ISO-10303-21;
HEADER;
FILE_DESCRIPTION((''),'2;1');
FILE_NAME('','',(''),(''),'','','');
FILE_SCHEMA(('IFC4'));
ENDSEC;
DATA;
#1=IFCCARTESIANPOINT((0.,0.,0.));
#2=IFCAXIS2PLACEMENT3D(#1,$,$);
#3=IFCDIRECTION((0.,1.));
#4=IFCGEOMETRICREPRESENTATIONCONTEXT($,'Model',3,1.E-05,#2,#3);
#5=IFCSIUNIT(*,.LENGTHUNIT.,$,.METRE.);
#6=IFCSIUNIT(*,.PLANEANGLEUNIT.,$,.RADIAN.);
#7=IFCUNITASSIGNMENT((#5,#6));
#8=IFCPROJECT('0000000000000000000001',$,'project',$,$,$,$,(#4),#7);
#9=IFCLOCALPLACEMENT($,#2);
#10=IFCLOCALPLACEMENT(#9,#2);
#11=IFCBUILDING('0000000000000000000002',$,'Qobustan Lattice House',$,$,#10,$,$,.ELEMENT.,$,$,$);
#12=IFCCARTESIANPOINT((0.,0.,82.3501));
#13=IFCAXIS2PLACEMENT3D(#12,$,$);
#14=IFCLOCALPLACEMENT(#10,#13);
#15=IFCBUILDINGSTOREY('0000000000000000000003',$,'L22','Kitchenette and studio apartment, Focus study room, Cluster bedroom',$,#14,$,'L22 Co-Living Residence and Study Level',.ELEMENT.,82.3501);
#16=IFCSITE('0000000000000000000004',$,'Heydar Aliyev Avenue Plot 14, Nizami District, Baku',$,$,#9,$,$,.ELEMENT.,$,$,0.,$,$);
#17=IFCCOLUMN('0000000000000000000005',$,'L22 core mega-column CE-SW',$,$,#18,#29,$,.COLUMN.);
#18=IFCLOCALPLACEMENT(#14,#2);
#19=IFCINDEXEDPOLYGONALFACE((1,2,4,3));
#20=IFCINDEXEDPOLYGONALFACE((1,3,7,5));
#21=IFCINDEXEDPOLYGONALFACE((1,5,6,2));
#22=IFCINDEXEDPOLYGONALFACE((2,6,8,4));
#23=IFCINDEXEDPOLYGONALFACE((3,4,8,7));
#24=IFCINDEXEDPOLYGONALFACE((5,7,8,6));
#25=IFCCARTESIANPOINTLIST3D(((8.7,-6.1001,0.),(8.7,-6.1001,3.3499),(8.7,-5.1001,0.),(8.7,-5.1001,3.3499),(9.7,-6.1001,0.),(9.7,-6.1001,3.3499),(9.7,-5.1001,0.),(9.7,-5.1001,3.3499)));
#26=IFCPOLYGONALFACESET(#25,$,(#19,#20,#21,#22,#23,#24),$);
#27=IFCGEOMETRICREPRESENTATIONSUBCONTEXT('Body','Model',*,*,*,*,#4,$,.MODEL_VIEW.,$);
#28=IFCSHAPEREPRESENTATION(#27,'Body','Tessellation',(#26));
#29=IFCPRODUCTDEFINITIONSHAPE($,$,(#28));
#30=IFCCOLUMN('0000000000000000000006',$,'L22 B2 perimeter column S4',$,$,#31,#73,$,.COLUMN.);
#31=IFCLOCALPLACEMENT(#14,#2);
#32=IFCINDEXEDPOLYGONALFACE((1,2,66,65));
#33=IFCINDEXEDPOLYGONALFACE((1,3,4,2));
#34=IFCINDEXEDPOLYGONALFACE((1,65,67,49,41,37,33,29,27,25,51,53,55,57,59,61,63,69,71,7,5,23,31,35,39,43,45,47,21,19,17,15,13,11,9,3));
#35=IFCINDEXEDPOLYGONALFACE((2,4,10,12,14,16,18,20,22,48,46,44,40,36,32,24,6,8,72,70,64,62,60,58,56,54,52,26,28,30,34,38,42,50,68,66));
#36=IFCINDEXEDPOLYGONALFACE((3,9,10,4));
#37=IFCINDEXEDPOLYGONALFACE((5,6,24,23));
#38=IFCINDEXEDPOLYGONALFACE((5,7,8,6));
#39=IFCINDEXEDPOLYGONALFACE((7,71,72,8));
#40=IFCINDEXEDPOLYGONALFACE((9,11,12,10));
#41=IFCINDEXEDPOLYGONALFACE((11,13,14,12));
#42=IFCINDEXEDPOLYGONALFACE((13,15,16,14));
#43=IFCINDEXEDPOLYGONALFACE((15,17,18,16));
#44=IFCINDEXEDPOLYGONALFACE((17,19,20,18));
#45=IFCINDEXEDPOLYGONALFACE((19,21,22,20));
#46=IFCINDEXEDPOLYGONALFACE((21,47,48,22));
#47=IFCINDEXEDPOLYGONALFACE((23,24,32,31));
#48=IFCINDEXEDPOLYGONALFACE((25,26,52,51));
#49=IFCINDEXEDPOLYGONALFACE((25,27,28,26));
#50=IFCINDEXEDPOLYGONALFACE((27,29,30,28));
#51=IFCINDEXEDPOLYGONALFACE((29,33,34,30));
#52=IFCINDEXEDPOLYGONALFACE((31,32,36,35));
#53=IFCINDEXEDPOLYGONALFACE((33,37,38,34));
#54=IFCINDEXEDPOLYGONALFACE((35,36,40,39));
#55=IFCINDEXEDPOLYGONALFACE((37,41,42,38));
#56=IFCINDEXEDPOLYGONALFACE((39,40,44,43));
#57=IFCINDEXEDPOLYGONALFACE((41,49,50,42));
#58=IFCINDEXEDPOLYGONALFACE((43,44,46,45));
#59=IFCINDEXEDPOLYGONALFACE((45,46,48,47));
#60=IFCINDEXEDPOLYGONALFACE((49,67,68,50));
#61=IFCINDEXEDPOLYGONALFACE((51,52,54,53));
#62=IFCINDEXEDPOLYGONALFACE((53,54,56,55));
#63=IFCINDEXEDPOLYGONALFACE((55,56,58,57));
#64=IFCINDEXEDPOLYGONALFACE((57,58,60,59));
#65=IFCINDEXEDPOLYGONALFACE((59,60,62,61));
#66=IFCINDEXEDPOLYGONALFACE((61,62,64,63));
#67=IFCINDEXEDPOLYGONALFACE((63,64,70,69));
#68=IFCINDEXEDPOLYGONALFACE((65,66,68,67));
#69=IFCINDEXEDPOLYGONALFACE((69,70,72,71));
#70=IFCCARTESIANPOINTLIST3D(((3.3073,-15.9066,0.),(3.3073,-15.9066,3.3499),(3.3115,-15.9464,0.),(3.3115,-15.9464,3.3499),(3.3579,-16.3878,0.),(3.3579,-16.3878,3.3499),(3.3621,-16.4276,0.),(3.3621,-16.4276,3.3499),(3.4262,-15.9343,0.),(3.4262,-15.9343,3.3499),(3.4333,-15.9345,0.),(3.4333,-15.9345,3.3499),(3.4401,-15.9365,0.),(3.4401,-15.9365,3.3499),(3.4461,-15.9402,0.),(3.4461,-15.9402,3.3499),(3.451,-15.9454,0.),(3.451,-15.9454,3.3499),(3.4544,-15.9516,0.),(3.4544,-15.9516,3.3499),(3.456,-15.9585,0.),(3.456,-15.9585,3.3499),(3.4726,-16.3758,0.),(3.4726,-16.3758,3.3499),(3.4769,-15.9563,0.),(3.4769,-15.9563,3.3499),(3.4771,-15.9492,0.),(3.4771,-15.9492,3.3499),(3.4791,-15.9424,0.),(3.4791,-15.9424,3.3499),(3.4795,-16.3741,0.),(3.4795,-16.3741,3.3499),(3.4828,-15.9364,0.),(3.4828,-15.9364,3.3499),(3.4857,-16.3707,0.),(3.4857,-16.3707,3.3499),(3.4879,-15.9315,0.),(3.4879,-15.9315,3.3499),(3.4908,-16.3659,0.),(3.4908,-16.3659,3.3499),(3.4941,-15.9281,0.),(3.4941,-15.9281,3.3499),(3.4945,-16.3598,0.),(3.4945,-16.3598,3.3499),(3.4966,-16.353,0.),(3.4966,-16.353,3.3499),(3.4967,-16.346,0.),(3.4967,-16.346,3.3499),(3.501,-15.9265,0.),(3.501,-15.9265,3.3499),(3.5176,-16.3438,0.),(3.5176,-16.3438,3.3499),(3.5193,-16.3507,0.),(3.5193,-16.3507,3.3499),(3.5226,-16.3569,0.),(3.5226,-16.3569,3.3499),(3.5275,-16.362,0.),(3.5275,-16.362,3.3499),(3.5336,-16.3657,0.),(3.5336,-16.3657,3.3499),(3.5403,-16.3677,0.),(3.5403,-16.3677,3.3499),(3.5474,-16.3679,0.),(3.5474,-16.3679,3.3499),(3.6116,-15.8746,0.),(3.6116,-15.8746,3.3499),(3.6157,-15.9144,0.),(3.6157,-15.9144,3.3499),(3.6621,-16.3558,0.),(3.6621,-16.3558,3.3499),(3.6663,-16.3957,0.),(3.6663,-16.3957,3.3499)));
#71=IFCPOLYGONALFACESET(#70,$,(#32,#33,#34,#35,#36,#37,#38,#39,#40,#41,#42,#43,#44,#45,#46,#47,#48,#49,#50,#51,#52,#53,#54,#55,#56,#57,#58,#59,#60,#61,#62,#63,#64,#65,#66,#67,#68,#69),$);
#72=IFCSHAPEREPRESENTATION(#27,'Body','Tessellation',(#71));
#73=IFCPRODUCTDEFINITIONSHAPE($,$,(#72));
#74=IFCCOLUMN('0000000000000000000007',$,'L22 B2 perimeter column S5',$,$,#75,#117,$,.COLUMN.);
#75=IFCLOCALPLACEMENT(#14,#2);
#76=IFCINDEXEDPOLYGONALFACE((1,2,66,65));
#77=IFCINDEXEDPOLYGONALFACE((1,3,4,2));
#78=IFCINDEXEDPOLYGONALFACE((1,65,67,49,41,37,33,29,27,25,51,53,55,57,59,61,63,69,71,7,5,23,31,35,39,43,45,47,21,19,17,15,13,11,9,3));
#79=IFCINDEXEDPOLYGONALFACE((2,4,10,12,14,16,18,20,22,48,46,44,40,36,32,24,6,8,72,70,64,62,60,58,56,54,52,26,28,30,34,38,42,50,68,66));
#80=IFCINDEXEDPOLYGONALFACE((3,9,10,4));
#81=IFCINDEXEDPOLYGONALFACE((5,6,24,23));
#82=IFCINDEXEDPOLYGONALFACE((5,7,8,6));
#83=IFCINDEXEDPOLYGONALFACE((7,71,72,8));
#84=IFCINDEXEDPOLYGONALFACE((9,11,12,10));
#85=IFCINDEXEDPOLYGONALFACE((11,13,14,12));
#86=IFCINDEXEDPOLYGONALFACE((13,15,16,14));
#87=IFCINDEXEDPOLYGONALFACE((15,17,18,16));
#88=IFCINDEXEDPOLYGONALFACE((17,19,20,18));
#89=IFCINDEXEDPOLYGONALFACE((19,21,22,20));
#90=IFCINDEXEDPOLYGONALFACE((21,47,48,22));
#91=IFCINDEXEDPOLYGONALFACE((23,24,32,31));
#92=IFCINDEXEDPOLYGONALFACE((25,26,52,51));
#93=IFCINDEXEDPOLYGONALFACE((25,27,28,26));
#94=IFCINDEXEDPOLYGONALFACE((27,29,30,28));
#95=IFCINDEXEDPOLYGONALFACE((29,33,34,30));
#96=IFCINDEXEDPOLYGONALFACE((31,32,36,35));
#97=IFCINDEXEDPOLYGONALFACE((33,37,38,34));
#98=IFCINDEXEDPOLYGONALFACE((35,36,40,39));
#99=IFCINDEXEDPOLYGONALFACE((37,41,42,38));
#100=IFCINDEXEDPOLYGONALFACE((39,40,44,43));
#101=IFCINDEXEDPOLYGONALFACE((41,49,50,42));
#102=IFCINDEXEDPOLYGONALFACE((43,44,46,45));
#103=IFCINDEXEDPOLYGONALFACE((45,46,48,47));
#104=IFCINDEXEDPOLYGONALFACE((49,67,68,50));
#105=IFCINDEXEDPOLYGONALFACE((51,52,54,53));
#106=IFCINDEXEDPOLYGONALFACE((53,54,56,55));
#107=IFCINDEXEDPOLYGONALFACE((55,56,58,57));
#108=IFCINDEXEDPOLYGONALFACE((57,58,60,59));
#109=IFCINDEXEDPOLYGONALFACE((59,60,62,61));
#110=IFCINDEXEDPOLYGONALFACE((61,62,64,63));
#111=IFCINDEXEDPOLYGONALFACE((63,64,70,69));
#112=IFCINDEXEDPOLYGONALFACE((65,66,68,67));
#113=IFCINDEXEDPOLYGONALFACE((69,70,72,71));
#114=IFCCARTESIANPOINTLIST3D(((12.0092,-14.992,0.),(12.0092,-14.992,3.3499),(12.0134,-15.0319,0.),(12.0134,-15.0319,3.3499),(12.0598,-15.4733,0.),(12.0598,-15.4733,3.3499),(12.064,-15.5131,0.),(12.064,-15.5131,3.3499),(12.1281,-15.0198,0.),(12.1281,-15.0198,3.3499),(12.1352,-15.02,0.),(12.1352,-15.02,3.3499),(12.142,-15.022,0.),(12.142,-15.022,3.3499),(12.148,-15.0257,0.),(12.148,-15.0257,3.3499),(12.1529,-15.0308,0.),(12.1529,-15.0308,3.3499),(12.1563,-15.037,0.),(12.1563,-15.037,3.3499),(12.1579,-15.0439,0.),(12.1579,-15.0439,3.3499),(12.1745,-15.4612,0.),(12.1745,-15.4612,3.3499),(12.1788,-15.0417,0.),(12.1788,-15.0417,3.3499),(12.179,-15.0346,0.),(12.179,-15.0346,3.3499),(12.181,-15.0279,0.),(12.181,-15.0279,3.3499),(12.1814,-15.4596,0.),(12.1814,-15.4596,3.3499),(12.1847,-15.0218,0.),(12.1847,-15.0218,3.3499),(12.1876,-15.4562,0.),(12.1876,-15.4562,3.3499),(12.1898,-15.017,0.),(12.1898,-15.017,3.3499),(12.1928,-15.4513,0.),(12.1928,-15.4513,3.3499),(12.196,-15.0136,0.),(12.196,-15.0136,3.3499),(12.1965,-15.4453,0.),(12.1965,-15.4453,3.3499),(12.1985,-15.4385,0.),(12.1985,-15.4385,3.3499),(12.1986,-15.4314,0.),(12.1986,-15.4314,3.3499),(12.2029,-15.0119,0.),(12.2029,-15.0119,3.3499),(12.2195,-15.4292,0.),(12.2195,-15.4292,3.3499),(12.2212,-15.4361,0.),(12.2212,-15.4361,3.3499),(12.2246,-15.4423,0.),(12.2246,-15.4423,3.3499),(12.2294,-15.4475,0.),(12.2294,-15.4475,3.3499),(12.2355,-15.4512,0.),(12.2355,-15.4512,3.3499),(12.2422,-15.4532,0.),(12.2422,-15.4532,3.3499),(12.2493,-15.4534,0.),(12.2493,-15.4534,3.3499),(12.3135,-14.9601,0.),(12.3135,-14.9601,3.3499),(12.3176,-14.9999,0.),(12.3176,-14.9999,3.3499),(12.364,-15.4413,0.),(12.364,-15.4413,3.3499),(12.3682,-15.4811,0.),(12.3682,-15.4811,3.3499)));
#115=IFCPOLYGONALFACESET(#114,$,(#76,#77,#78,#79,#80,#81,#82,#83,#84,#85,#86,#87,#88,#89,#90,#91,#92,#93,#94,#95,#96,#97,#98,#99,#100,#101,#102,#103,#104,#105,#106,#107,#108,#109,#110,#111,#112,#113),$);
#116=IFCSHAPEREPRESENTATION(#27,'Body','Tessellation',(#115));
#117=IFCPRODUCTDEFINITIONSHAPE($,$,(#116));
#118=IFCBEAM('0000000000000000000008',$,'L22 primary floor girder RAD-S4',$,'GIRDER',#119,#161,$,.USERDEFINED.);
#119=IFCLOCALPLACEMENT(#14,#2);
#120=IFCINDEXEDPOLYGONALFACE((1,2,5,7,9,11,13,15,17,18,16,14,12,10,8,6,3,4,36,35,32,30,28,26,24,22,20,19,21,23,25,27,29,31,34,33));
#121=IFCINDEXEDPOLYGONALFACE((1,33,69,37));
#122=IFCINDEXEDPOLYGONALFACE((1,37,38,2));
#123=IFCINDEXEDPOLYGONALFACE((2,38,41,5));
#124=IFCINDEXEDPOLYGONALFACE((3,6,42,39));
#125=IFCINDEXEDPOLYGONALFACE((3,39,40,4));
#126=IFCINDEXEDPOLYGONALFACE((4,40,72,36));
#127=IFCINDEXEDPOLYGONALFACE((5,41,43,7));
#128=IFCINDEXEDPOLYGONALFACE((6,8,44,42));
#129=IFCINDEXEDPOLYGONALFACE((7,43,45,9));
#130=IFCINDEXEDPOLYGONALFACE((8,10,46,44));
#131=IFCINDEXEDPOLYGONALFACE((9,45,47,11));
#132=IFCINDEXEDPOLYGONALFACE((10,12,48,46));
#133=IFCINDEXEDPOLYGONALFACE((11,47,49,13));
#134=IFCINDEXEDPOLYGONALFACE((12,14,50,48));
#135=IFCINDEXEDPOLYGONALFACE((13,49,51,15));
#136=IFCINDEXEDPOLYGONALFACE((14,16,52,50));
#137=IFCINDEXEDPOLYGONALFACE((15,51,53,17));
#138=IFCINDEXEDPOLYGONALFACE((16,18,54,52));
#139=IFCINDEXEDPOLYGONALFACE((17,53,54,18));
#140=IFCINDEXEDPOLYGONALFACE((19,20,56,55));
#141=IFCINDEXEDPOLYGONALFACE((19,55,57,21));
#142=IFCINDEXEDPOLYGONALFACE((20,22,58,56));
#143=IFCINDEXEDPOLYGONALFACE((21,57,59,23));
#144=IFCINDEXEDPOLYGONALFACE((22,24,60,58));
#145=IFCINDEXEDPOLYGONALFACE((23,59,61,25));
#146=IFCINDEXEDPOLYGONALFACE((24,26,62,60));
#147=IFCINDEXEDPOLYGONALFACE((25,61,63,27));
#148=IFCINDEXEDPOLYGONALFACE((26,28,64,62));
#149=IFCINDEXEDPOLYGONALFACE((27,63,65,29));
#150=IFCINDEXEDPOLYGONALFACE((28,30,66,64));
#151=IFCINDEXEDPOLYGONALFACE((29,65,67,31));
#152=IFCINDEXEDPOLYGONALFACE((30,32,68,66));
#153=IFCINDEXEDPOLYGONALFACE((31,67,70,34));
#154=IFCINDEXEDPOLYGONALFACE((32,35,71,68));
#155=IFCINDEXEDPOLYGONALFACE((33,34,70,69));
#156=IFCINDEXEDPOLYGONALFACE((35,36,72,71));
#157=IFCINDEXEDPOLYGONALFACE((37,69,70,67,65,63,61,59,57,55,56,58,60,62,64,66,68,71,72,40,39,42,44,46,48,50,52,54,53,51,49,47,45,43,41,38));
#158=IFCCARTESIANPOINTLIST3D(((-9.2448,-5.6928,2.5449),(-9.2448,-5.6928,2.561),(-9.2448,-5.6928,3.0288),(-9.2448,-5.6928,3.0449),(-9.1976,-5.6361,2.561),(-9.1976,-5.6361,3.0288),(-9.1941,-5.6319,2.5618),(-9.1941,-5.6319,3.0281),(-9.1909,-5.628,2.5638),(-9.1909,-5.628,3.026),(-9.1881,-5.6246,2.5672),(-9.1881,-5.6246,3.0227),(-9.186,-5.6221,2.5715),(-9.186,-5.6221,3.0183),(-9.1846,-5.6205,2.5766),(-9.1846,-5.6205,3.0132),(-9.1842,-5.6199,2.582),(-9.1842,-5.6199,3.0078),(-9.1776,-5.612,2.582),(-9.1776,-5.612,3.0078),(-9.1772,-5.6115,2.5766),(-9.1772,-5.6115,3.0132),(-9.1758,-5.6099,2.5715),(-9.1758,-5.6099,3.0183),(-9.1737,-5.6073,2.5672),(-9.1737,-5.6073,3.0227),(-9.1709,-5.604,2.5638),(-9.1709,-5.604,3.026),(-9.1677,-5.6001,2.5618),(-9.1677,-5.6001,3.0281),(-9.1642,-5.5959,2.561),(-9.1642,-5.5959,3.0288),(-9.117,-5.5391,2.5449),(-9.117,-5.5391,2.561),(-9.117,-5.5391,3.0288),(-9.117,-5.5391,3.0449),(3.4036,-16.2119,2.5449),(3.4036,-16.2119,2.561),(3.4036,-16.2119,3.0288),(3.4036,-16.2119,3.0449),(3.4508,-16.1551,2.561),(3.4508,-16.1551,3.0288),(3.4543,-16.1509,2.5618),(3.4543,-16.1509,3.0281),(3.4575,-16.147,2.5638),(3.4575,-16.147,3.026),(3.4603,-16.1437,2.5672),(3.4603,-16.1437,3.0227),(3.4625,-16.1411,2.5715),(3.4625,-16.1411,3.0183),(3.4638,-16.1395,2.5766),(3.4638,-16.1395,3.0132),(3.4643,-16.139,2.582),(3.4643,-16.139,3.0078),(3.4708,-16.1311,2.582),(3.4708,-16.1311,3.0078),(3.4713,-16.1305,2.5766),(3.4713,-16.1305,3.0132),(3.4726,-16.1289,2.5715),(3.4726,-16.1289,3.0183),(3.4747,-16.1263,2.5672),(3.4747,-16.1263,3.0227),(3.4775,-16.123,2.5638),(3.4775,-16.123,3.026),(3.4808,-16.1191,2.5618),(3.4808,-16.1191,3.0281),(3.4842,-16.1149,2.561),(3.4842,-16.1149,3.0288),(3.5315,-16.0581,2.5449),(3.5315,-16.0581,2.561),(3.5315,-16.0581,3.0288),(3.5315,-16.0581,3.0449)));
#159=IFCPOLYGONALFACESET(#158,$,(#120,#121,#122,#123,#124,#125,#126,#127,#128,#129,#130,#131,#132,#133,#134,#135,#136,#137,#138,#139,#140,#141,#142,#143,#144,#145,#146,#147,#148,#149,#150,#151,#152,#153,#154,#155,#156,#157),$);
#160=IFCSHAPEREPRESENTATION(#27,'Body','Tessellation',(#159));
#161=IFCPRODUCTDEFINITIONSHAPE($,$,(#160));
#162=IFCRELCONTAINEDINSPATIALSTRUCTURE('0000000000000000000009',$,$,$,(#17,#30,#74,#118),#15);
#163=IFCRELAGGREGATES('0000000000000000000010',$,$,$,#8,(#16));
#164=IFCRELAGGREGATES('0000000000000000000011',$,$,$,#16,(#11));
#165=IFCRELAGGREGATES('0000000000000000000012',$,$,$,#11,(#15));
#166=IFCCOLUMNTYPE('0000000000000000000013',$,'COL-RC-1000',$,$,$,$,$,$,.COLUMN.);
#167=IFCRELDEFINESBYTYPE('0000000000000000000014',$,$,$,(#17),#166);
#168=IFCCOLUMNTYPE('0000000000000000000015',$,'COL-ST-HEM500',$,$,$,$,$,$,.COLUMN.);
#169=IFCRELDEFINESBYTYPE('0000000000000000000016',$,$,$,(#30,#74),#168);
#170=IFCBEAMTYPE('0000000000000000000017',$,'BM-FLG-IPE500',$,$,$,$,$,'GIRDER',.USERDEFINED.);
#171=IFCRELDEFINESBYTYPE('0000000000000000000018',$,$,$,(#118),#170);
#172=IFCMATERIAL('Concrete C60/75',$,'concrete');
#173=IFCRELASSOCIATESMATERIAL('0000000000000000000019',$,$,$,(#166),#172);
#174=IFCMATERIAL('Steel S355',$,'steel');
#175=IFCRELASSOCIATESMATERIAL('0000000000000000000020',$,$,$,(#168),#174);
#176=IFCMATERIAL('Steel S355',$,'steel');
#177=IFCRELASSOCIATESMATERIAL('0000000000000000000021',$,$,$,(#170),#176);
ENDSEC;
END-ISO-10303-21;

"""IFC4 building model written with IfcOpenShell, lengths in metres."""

from ifc_helpers import new_model, si_unit, direction, frame, origin, origin_2d, place, context, subcontext, project, spatial, rectangle, i_section, extrude, material, material_profile, profile_set, type_object, element, save


model = new_model("IFC4")

# Units and contexts
model_context = context("Model", 3, precision=1e-05, world=origin(), true_north=direction((0.0, 1.0)))
body_context = subcontext(model_context, "Body", "Model", "MODEL_VIEW")
ifc_project = project(units=[si_unit("LENGTHUNIT", "METRE"), si_unit("PLANEANGLEUNIT", "RADIAN")], contexts=[model_context])

# Site, building, storey
site_placement = place(None, origin())
site = spatial("IfcSite", under=ifc_project, at=site_placement, Name="Heydar Aliyev Avenue Plot 14, Nizami District, Baku", CompositionType="ELEMENT", RefElevation=0.0)
building_placement = place(site_placement, origin())
building = spatial("IfcBuilding", under=site, at=building_placement, Name="Qobustan Lattice House", CompositionType="ELEMENT")
storey_placement = place(building_placement, frame((0.0, 0.0, 82.3501)))
storey = spatial("IfcBuildingStorey", under=building, at=storey_placement, Name="L22", Description="Kitchenette and studio apartment, Focus study room, Cluster bedroom", LongName="L22 Co-Living Residence and Study Level", CompositionType="ELEMENT", Elevation=82.3501)

# Columns
ifc_material_1 = material(Name="Concrete C60/75", Category="concrete")
ifc_material_profile_1 = material_profile(ifc_material_1, rectangle(XDim=1.0, YDim=1.0, at=origin_2d()), Name="RC1000x1000")
ifc_profile_set_1 = profile_set([ifc_material_profile_1], Name="Concrete C60/75")
column_type_1 = type_object("IfcColumnType", Name="COL-RC-1000", PredefinedType="COLUMN", material=ifc_profile_set_1)
column_placement = place(storey_placement, frame((9.2, -5.6001, 0.0), z_axis=(0.0, 0.0, 1.0), x_axis=(1.0, 0.0, 0.0)))
element("IfcColumn", 1, at=column_placement, inside=storey, type_object=column_type_1, Name="L22 core mega-column CE-SW", PredefinedType="COLUMN", context=body_context, shape_type="SweptSolid", body=[
    extrude(rectangle(XDim=1.0, YDim=1.0, at=origin_2d()), origin(), (0.0, 0.0, 1.0), 3.3499),
])
ifc_material_2 = material(Name="Steel S355", Category="steel")
ifc_material_profile_2 = material_profile(ifc_material_2, i_section(OverallWidth=0.3059, OverallDepth=0.5239, WebThickness=0.021, FlangeThickness=0.04, FilletRadius=0.0271, at=origin_2d()), Name="HEM500")
ifc_profile_set_2 = profile_set([ifc_material_profile_2], Name="Steel S355")
column_type_2 = type_object("IfcColumnType", Name="COL-ST-HEM500", PredefinedType="COLUMN", material=ifc_profile_set_2)
for number, where, z_axis, x_axis, name in (
    (2, (3.4868, -16.1511, 0.0), (0.0, 0.0, 1.0), (0.994522, 0.104528, 0.0), "L22 B2 perimeter column S4"),
    (3, (12.1887, -15.2366, 0.0), (0.0, 0.0, 1.0), (0.994522, 0.104528, 0.0), "L22 B2 perimeter column S5"),
):
    element("IfcColumn", number, at=place(storey_placement, frame(where, z_axis=z_axis, x_axis=x_axis)), inside=storey, type_object=column_type_2, Name=name, PredefinedType="COLUMN", context=body_context, shape_type="SweptSolid", body=[
        extrude(i_section(OverallWidth=0.3059, OverallDepth=0.5239, WebThickness=0.021, FlangeThickness=0.04, FilletRadius=0.0271, at=origin_2d()), origin(), (0.0, 0.0, 1.0), 3.3499),
    ])

# Beam
ifc_material_3 = material(Name="Steel S355", Category="steel")
ifc_material_profile_3 = material_profile(ifc_material_3, i_section(OverallWidth=0.2, OverallDepth=0.5, WebThickness=0.0103, FlangeThickness=0.0161, FilletRadius=0.021, at=origin_2d()), Name="IPE500")
ifc_profile_set_3 = profile_set([ifc_material_profile_3], Name="Steel S355")
beam_type_1 = type_object("IfcBeamType", Name="BM-FLG-IPE500", ElementType="GIRDER", PredefinedType="USERDEFINED", material=ifc_profile_set_3)
beam_1_placement = place(storey_placement, frame((3.4675, -16.135, 2.7949), z_axis=(-0.768858, 0.639419, 0.0), x_axis=(-0.639419, -0.768858, 0.0)))
element("IfcBeam", 4, at=beam_1_placement, inside=storey, type_object=beam_type_1, Name="L22 primary floor girder RAD-S4", ObjectType="GIRDER", PredefinedType="USERDEFINED", context=body_context, shape_type="SweptSolid", body=[
    extrude(i_section(OverallWidth=0.2, OverallDepth=0.5, WebThickness=0.0103, FlangeThickness=0.0161, FilletRadius=0.021, at=origin_2d()), origin(), (0.0, 0.0, 1.0), 16.4509),
])

save(model, "model.ifc")
